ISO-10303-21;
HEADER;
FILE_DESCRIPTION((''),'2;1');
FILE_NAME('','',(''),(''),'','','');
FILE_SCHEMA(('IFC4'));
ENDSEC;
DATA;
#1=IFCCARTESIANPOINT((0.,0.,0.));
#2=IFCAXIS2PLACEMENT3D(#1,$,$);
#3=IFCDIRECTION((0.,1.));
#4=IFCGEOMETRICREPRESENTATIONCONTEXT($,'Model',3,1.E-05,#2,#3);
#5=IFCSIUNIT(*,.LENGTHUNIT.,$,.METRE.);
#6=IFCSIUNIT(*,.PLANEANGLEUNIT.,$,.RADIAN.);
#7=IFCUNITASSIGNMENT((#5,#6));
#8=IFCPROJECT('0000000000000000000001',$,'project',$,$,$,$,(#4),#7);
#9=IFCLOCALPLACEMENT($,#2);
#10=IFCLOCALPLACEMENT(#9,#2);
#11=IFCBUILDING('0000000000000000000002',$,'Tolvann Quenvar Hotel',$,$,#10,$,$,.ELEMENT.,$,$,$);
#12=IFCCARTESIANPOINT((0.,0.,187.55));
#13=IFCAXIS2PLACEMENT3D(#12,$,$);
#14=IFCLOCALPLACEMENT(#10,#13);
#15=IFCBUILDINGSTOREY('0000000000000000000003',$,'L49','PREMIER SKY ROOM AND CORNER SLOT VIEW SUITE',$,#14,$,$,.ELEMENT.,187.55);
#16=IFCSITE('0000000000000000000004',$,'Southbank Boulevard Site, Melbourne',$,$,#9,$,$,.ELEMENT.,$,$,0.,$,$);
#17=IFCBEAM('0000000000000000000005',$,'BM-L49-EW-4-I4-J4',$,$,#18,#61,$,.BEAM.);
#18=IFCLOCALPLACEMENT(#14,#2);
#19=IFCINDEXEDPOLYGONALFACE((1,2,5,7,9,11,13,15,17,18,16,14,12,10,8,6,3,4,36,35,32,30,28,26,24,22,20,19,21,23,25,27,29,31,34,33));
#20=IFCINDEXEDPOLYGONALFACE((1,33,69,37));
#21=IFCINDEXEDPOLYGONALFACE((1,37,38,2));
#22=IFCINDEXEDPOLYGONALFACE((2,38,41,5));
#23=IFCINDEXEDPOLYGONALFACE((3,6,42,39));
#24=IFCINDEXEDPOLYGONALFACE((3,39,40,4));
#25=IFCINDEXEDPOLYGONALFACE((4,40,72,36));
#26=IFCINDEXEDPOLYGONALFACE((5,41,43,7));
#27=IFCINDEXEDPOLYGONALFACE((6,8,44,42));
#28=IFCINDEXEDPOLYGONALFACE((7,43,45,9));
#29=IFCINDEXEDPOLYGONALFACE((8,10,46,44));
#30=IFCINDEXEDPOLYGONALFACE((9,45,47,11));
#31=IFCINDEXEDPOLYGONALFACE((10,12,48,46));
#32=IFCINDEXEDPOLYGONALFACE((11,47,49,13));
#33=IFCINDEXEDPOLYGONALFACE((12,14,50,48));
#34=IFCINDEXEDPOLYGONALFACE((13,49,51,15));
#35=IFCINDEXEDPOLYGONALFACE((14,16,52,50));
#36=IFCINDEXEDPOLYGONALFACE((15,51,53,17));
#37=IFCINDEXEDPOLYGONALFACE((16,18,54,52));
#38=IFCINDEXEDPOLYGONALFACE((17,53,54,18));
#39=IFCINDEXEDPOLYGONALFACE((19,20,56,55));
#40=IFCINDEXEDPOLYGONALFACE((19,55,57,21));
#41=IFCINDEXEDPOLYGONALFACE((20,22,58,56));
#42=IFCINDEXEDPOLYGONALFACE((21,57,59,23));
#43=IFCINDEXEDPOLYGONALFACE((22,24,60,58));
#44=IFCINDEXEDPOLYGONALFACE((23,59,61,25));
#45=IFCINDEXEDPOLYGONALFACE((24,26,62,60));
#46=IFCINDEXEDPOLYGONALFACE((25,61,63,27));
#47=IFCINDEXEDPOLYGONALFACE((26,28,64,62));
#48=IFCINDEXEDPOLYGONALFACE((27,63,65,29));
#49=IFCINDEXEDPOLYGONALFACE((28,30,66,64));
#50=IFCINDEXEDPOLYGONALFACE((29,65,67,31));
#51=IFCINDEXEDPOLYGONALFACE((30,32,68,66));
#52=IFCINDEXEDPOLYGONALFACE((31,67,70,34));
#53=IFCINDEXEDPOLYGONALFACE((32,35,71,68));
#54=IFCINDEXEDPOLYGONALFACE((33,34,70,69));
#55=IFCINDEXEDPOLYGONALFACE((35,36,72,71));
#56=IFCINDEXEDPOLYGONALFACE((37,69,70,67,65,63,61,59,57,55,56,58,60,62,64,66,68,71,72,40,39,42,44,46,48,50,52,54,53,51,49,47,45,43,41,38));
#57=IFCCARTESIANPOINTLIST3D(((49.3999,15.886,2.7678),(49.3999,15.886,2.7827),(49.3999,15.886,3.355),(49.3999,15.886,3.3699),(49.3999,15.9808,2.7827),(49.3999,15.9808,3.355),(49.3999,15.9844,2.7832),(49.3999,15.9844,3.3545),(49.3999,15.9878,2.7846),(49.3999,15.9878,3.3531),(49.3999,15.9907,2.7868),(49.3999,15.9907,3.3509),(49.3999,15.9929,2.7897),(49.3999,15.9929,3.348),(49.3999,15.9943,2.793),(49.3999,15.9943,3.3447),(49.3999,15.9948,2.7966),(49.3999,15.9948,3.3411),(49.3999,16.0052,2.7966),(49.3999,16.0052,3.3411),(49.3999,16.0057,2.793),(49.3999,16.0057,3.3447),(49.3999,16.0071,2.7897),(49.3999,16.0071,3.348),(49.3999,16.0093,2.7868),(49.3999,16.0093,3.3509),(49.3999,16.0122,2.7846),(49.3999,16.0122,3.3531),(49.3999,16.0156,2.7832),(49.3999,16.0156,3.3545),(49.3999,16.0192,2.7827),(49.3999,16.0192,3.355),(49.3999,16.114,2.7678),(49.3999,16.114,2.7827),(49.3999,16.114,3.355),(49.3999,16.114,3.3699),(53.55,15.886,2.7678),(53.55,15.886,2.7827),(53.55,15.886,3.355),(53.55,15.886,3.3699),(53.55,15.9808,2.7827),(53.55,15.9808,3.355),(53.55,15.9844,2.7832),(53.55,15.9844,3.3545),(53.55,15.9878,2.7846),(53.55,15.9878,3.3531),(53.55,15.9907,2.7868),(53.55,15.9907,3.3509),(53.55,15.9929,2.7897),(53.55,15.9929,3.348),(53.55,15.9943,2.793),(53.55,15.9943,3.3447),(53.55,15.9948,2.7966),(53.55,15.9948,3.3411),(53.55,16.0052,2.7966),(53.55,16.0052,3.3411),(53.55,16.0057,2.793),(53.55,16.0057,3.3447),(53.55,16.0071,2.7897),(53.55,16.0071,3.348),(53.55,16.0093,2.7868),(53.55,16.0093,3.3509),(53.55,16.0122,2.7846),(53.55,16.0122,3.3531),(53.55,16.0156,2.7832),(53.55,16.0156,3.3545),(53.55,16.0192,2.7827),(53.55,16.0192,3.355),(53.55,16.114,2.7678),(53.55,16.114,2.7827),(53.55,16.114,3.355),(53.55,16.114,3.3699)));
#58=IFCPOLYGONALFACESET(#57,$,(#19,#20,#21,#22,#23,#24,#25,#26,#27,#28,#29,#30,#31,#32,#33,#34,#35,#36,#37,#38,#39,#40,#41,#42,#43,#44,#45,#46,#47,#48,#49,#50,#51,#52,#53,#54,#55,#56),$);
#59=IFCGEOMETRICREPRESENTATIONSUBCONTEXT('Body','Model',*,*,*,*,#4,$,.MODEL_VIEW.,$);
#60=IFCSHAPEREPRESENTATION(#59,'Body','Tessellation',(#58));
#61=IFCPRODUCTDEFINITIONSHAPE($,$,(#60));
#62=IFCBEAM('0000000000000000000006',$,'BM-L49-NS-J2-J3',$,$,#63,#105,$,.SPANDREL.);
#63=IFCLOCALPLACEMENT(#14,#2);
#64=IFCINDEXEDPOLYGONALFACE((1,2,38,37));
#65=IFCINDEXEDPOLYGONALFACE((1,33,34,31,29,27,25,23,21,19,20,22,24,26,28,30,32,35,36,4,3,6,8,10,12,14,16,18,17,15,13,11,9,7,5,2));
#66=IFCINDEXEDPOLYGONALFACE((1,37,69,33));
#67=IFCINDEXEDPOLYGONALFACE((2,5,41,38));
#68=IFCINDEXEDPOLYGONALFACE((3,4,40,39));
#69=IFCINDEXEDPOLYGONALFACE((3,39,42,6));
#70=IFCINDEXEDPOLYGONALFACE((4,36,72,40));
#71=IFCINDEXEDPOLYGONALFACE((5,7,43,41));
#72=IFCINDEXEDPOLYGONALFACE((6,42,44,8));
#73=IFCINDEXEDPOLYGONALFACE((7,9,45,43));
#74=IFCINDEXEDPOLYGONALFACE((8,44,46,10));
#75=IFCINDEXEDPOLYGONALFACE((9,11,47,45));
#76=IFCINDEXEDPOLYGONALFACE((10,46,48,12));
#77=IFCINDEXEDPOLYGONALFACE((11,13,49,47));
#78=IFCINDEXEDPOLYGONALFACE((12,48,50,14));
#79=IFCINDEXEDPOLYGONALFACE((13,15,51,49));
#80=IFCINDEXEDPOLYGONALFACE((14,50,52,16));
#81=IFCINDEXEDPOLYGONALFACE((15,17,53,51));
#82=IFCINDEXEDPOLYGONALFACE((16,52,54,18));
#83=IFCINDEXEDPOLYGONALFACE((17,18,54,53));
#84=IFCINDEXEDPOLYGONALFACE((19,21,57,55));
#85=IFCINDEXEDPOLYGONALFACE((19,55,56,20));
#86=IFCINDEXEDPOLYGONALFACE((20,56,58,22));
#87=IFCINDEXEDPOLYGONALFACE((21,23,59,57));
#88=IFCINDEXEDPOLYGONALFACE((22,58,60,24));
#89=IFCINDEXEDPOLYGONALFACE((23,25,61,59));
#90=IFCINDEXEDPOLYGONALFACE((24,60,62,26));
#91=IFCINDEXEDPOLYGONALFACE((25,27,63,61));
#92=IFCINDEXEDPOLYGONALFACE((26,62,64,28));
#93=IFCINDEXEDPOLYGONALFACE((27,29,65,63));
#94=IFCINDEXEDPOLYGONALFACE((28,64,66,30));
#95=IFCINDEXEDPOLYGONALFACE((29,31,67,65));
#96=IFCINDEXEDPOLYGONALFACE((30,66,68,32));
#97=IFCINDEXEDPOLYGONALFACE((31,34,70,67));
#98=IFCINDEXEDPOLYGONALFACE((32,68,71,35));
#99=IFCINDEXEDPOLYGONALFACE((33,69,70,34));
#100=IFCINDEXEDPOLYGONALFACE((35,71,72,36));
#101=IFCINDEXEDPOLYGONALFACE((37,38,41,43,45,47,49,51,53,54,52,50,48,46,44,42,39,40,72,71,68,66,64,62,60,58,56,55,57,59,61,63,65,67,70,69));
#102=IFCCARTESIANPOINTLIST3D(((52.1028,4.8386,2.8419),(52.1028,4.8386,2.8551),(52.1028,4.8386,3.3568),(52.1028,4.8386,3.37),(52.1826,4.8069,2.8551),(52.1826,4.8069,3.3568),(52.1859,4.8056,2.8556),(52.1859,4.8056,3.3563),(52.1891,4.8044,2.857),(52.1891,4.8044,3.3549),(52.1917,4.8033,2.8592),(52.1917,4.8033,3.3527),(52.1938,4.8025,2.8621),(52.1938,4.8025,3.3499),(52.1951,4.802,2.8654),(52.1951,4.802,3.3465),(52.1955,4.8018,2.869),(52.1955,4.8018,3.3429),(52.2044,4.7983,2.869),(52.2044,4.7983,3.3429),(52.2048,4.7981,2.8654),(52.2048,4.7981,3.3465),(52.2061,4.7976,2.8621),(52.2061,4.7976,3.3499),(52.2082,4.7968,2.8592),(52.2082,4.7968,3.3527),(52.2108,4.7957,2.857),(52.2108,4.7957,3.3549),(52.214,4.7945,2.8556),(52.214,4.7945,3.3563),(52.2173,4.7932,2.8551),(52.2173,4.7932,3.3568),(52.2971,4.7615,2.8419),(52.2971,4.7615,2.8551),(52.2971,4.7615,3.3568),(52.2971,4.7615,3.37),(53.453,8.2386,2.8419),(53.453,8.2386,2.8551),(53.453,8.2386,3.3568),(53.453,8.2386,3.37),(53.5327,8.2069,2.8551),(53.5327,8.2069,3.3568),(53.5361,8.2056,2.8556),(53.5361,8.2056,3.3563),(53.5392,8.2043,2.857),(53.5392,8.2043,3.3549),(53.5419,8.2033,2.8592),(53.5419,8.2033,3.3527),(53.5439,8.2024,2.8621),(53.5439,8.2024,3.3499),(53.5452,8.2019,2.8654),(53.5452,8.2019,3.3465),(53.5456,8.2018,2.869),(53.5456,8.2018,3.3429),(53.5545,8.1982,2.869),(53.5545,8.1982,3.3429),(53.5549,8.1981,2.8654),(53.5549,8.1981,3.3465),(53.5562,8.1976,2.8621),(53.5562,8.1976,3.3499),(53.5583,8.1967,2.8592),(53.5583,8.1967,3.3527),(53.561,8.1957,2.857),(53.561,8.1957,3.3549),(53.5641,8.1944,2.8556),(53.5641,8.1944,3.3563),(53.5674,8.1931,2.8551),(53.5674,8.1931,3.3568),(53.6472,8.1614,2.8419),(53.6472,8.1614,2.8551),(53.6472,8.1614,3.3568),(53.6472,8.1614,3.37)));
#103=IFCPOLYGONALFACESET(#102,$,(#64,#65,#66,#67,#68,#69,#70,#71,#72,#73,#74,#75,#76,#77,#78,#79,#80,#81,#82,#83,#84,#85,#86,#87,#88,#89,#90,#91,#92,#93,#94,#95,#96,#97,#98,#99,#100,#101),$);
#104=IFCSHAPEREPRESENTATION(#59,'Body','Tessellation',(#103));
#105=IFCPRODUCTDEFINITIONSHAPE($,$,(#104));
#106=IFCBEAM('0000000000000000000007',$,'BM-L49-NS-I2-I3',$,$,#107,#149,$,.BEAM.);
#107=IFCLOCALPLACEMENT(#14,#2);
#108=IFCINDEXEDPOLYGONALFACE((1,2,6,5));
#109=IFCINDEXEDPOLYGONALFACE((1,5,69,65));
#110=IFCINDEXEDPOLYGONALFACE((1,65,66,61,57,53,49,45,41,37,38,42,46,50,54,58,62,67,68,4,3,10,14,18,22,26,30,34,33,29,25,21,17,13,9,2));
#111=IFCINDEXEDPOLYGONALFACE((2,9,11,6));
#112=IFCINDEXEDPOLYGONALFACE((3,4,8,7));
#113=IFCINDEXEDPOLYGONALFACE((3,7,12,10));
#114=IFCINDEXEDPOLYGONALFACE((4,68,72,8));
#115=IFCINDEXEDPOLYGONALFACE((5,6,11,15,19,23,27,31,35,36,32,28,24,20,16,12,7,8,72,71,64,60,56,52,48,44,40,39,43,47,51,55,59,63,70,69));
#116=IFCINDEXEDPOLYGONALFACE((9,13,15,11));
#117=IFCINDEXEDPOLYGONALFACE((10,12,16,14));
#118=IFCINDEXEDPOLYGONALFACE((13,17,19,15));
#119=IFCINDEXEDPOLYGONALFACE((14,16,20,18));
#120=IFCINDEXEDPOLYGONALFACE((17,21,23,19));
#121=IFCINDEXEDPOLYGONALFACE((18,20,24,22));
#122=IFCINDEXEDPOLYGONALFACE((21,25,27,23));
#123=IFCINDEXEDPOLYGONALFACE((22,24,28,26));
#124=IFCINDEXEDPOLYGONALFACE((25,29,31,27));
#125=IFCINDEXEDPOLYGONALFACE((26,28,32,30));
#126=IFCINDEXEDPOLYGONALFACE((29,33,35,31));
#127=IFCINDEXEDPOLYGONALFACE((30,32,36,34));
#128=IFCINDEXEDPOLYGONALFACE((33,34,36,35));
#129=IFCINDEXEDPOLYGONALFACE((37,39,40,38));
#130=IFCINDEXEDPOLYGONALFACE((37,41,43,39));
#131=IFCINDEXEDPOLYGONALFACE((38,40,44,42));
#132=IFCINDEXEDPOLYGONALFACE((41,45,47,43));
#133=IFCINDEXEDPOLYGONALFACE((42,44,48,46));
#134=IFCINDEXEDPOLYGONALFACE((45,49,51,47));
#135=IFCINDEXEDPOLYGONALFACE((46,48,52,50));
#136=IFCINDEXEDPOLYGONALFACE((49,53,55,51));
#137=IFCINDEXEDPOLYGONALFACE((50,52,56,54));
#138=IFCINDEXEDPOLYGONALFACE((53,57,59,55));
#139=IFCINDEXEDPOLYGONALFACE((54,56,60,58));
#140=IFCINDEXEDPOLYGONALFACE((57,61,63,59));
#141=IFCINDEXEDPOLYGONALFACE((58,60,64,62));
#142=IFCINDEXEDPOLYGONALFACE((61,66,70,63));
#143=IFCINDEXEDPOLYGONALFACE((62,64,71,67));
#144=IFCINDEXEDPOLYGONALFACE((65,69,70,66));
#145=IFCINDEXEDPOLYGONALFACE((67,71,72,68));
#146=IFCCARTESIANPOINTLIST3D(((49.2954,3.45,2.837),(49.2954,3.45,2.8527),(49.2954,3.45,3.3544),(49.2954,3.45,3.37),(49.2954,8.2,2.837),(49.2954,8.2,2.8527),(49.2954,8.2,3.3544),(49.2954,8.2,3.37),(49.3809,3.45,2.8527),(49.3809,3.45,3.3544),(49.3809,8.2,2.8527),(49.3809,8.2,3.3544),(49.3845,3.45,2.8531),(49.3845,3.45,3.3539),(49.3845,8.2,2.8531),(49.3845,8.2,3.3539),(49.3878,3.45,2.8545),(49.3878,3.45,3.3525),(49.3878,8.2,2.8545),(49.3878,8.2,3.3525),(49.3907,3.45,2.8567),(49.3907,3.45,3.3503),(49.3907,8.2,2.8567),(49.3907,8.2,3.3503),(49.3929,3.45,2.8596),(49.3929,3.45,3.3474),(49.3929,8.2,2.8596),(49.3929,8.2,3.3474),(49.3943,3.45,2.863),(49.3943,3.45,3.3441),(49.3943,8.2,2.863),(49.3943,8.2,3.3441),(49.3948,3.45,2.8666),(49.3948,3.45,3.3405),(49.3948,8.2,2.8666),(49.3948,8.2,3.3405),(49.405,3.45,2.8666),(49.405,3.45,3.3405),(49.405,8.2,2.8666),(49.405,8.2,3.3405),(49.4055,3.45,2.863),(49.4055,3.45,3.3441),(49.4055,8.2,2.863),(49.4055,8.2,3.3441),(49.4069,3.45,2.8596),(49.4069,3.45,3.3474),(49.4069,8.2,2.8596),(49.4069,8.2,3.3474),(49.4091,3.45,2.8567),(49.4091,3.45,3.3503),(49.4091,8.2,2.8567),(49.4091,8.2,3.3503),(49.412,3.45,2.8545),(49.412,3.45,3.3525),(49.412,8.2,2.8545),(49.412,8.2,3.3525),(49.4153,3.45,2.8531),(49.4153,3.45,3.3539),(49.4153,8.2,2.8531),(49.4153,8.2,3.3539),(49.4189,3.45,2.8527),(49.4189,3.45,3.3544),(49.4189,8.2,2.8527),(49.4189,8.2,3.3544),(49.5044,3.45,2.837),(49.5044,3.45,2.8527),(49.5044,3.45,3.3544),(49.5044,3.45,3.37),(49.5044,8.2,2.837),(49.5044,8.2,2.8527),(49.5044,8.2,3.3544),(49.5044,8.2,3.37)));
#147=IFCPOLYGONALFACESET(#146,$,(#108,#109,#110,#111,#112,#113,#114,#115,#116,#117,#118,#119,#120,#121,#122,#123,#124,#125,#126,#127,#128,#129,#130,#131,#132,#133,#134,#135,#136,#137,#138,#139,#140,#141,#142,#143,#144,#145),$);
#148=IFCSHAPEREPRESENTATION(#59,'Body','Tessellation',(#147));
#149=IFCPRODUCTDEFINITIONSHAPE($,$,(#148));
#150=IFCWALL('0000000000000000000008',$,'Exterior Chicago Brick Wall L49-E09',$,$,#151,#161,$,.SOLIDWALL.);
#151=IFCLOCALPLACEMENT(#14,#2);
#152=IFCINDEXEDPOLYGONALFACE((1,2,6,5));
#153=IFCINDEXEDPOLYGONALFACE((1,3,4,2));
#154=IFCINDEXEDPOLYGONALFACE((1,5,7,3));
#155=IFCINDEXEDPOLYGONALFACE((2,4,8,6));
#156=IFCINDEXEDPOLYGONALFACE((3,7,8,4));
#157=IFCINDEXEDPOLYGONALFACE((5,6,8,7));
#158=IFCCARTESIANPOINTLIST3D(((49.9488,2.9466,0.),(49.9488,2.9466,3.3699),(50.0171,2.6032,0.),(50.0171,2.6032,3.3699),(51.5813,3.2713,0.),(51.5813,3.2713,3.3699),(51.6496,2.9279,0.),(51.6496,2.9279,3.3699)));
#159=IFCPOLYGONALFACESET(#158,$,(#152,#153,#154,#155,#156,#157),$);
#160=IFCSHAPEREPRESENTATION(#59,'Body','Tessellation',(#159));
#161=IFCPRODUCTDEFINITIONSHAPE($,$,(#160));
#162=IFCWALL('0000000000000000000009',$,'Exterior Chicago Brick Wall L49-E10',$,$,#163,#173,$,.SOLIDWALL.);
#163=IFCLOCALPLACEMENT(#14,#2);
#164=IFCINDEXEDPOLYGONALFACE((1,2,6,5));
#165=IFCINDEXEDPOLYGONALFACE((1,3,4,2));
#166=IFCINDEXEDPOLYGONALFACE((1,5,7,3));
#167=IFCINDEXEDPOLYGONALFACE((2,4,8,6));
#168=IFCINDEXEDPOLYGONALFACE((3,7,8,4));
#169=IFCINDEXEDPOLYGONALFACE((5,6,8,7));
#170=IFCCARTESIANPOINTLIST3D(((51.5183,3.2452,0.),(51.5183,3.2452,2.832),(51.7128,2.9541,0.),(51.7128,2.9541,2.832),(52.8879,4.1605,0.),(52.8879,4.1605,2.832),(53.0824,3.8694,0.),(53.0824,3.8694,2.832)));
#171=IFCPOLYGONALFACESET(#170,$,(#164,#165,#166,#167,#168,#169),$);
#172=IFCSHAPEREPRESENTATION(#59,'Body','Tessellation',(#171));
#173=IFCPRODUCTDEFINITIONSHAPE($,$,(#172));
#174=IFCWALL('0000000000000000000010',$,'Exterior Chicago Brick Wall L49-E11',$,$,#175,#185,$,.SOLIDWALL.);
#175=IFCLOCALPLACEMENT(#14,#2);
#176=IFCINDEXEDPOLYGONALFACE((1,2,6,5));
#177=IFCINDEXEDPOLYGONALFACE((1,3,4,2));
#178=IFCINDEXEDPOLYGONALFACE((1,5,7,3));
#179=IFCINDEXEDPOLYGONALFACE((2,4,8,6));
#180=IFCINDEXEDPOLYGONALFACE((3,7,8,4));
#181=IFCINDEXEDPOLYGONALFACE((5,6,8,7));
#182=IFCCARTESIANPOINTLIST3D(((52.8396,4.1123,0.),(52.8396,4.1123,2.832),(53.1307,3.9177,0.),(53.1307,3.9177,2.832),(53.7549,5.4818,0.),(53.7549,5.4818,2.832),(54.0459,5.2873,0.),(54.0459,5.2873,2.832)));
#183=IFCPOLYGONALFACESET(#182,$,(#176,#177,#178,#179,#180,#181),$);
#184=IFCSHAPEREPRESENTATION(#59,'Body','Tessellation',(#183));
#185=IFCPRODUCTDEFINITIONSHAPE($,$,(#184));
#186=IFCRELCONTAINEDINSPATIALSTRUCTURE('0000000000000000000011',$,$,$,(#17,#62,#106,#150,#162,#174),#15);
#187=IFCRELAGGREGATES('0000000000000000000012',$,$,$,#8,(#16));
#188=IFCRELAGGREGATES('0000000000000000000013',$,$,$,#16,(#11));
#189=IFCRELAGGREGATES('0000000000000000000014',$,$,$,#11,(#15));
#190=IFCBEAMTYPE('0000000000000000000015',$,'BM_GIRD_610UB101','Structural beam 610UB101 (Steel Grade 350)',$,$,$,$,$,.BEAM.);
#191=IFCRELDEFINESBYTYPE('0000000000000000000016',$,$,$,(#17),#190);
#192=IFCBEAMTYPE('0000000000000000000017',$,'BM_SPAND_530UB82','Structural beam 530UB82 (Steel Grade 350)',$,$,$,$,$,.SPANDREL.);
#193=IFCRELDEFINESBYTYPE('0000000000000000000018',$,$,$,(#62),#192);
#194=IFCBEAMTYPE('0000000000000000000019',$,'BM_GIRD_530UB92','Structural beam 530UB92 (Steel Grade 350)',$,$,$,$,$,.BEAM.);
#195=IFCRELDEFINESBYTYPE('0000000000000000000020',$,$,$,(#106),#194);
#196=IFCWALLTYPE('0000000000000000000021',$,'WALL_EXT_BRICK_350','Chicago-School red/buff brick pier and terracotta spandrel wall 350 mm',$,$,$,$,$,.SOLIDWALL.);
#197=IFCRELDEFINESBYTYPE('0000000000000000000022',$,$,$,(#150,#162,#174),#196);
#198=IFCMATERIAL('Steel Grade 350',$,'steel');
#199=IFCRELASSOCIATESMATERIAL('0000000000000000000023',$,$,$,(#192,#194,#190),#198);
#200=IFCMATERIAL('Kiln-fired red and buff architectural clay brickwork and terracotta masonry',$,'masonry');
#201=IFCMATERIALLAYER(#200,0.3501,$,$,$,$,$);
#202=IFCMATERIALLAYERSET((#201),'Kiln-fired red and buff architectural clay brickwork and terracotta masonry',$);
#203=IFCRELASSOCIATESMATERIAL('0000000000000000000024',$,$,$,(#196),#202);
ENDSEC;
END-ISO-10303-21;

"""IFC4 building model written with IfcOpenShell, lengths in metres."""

from ifc_helpers import new_model, si_unit, direction, frame, frame_2d, origin, origin_2d, place, context, subcontext, project, spatial, rectangle, i_section, extrude, source, transform, mapped, material, layer, layer_set, material_profile, profile_set, type_object, type_shapes, element, save


model = new_model("IFC4")

# Units and contexts
model_context = context("Model", 3, precision=1e-05, world=origin(), true_north=direction((0.0, 1.0)))
body_context = subcontext(model_context, "Body", "Model", "MODEL_VIEW")
ifc_project = project(units=[si_unit("LENGTHUNIT", "METRE"), si_unit("PLANEANGLEUNIT", "RADIAN")], contexts=[model_context])

# Site, building, storey
site_placement = place(None, origin())
site = spatial("IfcSite", under=ifc_project, at=site_placement, Name="Southbank Boulevard Site, Melbourne", CompositionType="ELEMENT", RefElevation=0.0)
building_placement = place(site_placement, origin())
building = spatial("IfcBuilding", under=site, at=building_placement, Name="Tolvann Quenvar Hotel", CompositionType="ELEMENT")
storey_placement = place(building_placement, frame((0.0, 0.0, 187.55)))
storey = spatial("IfcBuildingStorey", under=building, at=storey_placement, Name="L49", Description="PREMIER SKY ROOM AND CORNER SLOT VIEW SUITE", CompositionType="ELEMENT", Elevation=187.55)

# Shared definitions
ifc_material_1 = material(Name="Steel Grade 350", Category="steel")

# Beams
ifc_material_profile_1 = material_profile(ifc_material_1, i_section(OverallWidth=0.209, OverallDepth=0.5281, WebThickness=0.0095, FlangeThickness=0.0132, FilletRadius=0.0139, at=origin_2d()), Name="530UB82")
ifc_profile_set_1 = profile_set([ifc_material_profile_1], Name="Steel Grade 350")
beam_type_1 = type_object("IfcBeamType", Name="BM_SPAND_530UB82", Description="Structural beam 530UB82 (Steel Grade 350)", PredefinedType="SPANDREL", material=ifc_profile_set_1)
ifc_material_profile_2 = material_profile(ifc_material_1, i_section(OverallWidth=0.209, OverallDepth=0.533, WebThickness=0.0103, FlangeThickness=0.0156, FilletRadius=0.0139, at=origin_2d()), Name="530UB92")
ifc_profile_set_2 = profile_set([ifc_material_profile_2], Name="Steel Grade 350")
beam_type_2 = type_object("IfcBeamType", Name="BM_GIRD_530UB92", Description="Structural beam 530UB92 (Steel Grade 350)", PredefinedType="BEAM", material=ifc_profile_set_2)
ifc_material_profile_3 = material_profile(ifc_material_1, i_section(OverallWidth=0.228, OverallDepth=0.6021, WebThickness=0.0105, FlangeThickness=0.0149, FilletRadius=0.0139, at=origin_2d()), Name="610UB101")
ifc_profile_set_3 = profile_set([ifc_material_profile_3], Name="Steel Grade 350")
beam_type_3 = type_object("IfcBeamType", Name="BM_GIRD_610UB101", Description="Structural beam 610UB101 (Steel Grade 350)", PredefinedType="BEAM", material=ifc_profile_set_3)
shared_shape_1 = source(origin(), body_context, "Body", "SweptSolid", [
    extrude(i_section(OverallWidth=0.228, OverallDepth=0.6021, WebThickness=0.0105, FlangeThickness=0.0149, FilletRadius=0.0139, at=origin_2d()), origin(), (0.0, 0.0, 1.0), 4.1501),
])
type_shapes(beam_type_3, [shared_shape_1])
for number, where, z_axis, x_axis, name in (
    (1, (49.3999, 16.0, 3.0688), (1.0, 0.0, 0.0), (0.0, 1.0, 0.0), "BM-L49-EW-4-I4-J4"),
):
    element("IfcBeam", number, at=place(storey_placement, frame(where, z_axis=z_axis, x_axis=x_axis)), inside=storey, type_object=beam_type_3, Name=name, PredefinedType="BEAM", context=body_context, shape_type="MappedRepresentation", body=[
        mapped(shared_shape_1, transform((0.0, 0.0, 0.0), x_axis=(1.0, 0.0, 0.0), y_axis=(0.0, 1.0, 0.0), z_axis=(0.0, 0.0, 1.0), scale=1.0)),
    ])
shared_shape_2 = source(origin(), body_context, "Body", "SweptSolid", [
    extrude(i_section(OverallWidth=0.209, OverallDepth=0.5281, WebThickness=0.0095, FlangeThickness=0.0132, FilletRadius=0.0139, at=origin_2d()), origin(), (0.0, 0.0, 1.0), 3.6582),
])
beam_1_placement = place(storey_placement, frame((52.2, 4.8, 3.106), z_axis=(0.369065, 0.929404, 0.0), x_axis=(-0.929404, 0.369065, 0.0)))
element("IfcBeam", 2, at=beam_1_placement, inside=storey, type_object=beam_type_1, Name="BM-L49-NS-J2-J3", PredefinedType="SPANDREL", context=body_context, shape_type="MappedRepresentation", body=[
    mapped(shared_shape_2, transform((0.0, 0.0, 0.0), x_axis=(1.0, 0.0, 0.0), y_axis=(0.0, 1.0, 0.0), z_axis=(0.0, 0.0, 1.0), scale=1.0)),
])
shared_shape_3 = source(origin(), body_context, "Body", "SweptSolid", [
    extrude(i_section(OverallWidth=0.209, OverallDepth=0.533, WebThickness=0.0103, FlangeThickness=0.0156, FilletRadius=0.0139, at=origin_2d()), origin(), (0.0, 0.0, 1.0), 4.75),
])
beam_2_placement = place(storey_placement, frame((49.3999, 3.45, 3.1035), z_axis=(0.0, 1.0, 0.0), x_axis=(-1.0, 0.0, 0.0)))
element("IfcBeam", 3, at=beam_2_placement, inside=storey, type_object=beam_type_2, Name="BM-L49-NS-I2-I3", PredefinedType="BEAM", context=body_context, shape_type="MappedRepresentation", body=[
    mapped(shared_shape_3, transform((0.0, 0.0, 0.0), x_axis=(1.0, 0.0, 0.0), y_axis=(0.0, 1.0, 0.0), z_axis=(0.0, 0.0, 1.0), scale=1.0)),
])

# Walls
ifc_material_2 = material(Name="Kiln-fired red and buff architectural clay brickwork and terracotta masonry", Category="masonry")
ifc_layer_1 = layer(ifc_material_2, 0.3501)
ifc_layer_set_1 = layer_set([ifc_layer_1], Name="Kiln-fired red and buff architectural clay brickwork and terracotta masonry")
wall_type_1 = type_object("IfcWallType", Name="WALL_EXT_BRICK_350", Description="Chicago-School red/buff brick pier and terracotta spandrel wall 350 mm", PredefinedType="SOLIDWALL", material=ifc_layer_set_1)
wall_1_placement = place(storey_placement, frame((49.9829, 2.7749, 0.0), z_axis=(0.0, 0.0, 1.0), x_axis=(0.980789, 0.195072, 0.0)))
element("IfcWall", 4, at=wall_1_placement, inside=storey, type_object=wall_type_1, Name="Exterior Chicago Brick Wall L49-E09", PredefinedType="SOLIDWALL", context=body_context, shape_type="SweptSolid", body=[
    extrude(rectangle(XDim=1.6646, YDim=0.3501, at=frame_2d((0.8323, 0.0))), origin(), (0.0, 0.0, 1.0), 3.3699),
])
for number, where, z_axis, x_axis, name in (
    (5, (51.6155, 3.0996, 0.0), (0.0, 0.0, 1.0), (0.831434, 0.555623, 0.0), "Exterior Chicago Brick Wall L49-E10"),
    (6, (52.9851, 4.0149, 0.0), (0.0, 0.0, 1.0), (0.555623, 0.831434, 0.0), "Exterior Chicago Brick Wall L49-E11"),
):
    element("IfcWall", number, at=place(storey_placement, frame(where, z_axis=z_axis, x_axis=x_axis)), inside=storey, type_object=wall_type_1, Name=name, PredefinedType="SOLIDWALL", context=body_context, shape_type="SweptSolid", body=[
        extrude(rectangle(XDim=1.6472, YDim=0.3501, at=frame_2d((0.8237, 0.0))), origin(), (0.0, 0.0, 1.0), 2.832),
    ])

save(model, "model.ifc")
